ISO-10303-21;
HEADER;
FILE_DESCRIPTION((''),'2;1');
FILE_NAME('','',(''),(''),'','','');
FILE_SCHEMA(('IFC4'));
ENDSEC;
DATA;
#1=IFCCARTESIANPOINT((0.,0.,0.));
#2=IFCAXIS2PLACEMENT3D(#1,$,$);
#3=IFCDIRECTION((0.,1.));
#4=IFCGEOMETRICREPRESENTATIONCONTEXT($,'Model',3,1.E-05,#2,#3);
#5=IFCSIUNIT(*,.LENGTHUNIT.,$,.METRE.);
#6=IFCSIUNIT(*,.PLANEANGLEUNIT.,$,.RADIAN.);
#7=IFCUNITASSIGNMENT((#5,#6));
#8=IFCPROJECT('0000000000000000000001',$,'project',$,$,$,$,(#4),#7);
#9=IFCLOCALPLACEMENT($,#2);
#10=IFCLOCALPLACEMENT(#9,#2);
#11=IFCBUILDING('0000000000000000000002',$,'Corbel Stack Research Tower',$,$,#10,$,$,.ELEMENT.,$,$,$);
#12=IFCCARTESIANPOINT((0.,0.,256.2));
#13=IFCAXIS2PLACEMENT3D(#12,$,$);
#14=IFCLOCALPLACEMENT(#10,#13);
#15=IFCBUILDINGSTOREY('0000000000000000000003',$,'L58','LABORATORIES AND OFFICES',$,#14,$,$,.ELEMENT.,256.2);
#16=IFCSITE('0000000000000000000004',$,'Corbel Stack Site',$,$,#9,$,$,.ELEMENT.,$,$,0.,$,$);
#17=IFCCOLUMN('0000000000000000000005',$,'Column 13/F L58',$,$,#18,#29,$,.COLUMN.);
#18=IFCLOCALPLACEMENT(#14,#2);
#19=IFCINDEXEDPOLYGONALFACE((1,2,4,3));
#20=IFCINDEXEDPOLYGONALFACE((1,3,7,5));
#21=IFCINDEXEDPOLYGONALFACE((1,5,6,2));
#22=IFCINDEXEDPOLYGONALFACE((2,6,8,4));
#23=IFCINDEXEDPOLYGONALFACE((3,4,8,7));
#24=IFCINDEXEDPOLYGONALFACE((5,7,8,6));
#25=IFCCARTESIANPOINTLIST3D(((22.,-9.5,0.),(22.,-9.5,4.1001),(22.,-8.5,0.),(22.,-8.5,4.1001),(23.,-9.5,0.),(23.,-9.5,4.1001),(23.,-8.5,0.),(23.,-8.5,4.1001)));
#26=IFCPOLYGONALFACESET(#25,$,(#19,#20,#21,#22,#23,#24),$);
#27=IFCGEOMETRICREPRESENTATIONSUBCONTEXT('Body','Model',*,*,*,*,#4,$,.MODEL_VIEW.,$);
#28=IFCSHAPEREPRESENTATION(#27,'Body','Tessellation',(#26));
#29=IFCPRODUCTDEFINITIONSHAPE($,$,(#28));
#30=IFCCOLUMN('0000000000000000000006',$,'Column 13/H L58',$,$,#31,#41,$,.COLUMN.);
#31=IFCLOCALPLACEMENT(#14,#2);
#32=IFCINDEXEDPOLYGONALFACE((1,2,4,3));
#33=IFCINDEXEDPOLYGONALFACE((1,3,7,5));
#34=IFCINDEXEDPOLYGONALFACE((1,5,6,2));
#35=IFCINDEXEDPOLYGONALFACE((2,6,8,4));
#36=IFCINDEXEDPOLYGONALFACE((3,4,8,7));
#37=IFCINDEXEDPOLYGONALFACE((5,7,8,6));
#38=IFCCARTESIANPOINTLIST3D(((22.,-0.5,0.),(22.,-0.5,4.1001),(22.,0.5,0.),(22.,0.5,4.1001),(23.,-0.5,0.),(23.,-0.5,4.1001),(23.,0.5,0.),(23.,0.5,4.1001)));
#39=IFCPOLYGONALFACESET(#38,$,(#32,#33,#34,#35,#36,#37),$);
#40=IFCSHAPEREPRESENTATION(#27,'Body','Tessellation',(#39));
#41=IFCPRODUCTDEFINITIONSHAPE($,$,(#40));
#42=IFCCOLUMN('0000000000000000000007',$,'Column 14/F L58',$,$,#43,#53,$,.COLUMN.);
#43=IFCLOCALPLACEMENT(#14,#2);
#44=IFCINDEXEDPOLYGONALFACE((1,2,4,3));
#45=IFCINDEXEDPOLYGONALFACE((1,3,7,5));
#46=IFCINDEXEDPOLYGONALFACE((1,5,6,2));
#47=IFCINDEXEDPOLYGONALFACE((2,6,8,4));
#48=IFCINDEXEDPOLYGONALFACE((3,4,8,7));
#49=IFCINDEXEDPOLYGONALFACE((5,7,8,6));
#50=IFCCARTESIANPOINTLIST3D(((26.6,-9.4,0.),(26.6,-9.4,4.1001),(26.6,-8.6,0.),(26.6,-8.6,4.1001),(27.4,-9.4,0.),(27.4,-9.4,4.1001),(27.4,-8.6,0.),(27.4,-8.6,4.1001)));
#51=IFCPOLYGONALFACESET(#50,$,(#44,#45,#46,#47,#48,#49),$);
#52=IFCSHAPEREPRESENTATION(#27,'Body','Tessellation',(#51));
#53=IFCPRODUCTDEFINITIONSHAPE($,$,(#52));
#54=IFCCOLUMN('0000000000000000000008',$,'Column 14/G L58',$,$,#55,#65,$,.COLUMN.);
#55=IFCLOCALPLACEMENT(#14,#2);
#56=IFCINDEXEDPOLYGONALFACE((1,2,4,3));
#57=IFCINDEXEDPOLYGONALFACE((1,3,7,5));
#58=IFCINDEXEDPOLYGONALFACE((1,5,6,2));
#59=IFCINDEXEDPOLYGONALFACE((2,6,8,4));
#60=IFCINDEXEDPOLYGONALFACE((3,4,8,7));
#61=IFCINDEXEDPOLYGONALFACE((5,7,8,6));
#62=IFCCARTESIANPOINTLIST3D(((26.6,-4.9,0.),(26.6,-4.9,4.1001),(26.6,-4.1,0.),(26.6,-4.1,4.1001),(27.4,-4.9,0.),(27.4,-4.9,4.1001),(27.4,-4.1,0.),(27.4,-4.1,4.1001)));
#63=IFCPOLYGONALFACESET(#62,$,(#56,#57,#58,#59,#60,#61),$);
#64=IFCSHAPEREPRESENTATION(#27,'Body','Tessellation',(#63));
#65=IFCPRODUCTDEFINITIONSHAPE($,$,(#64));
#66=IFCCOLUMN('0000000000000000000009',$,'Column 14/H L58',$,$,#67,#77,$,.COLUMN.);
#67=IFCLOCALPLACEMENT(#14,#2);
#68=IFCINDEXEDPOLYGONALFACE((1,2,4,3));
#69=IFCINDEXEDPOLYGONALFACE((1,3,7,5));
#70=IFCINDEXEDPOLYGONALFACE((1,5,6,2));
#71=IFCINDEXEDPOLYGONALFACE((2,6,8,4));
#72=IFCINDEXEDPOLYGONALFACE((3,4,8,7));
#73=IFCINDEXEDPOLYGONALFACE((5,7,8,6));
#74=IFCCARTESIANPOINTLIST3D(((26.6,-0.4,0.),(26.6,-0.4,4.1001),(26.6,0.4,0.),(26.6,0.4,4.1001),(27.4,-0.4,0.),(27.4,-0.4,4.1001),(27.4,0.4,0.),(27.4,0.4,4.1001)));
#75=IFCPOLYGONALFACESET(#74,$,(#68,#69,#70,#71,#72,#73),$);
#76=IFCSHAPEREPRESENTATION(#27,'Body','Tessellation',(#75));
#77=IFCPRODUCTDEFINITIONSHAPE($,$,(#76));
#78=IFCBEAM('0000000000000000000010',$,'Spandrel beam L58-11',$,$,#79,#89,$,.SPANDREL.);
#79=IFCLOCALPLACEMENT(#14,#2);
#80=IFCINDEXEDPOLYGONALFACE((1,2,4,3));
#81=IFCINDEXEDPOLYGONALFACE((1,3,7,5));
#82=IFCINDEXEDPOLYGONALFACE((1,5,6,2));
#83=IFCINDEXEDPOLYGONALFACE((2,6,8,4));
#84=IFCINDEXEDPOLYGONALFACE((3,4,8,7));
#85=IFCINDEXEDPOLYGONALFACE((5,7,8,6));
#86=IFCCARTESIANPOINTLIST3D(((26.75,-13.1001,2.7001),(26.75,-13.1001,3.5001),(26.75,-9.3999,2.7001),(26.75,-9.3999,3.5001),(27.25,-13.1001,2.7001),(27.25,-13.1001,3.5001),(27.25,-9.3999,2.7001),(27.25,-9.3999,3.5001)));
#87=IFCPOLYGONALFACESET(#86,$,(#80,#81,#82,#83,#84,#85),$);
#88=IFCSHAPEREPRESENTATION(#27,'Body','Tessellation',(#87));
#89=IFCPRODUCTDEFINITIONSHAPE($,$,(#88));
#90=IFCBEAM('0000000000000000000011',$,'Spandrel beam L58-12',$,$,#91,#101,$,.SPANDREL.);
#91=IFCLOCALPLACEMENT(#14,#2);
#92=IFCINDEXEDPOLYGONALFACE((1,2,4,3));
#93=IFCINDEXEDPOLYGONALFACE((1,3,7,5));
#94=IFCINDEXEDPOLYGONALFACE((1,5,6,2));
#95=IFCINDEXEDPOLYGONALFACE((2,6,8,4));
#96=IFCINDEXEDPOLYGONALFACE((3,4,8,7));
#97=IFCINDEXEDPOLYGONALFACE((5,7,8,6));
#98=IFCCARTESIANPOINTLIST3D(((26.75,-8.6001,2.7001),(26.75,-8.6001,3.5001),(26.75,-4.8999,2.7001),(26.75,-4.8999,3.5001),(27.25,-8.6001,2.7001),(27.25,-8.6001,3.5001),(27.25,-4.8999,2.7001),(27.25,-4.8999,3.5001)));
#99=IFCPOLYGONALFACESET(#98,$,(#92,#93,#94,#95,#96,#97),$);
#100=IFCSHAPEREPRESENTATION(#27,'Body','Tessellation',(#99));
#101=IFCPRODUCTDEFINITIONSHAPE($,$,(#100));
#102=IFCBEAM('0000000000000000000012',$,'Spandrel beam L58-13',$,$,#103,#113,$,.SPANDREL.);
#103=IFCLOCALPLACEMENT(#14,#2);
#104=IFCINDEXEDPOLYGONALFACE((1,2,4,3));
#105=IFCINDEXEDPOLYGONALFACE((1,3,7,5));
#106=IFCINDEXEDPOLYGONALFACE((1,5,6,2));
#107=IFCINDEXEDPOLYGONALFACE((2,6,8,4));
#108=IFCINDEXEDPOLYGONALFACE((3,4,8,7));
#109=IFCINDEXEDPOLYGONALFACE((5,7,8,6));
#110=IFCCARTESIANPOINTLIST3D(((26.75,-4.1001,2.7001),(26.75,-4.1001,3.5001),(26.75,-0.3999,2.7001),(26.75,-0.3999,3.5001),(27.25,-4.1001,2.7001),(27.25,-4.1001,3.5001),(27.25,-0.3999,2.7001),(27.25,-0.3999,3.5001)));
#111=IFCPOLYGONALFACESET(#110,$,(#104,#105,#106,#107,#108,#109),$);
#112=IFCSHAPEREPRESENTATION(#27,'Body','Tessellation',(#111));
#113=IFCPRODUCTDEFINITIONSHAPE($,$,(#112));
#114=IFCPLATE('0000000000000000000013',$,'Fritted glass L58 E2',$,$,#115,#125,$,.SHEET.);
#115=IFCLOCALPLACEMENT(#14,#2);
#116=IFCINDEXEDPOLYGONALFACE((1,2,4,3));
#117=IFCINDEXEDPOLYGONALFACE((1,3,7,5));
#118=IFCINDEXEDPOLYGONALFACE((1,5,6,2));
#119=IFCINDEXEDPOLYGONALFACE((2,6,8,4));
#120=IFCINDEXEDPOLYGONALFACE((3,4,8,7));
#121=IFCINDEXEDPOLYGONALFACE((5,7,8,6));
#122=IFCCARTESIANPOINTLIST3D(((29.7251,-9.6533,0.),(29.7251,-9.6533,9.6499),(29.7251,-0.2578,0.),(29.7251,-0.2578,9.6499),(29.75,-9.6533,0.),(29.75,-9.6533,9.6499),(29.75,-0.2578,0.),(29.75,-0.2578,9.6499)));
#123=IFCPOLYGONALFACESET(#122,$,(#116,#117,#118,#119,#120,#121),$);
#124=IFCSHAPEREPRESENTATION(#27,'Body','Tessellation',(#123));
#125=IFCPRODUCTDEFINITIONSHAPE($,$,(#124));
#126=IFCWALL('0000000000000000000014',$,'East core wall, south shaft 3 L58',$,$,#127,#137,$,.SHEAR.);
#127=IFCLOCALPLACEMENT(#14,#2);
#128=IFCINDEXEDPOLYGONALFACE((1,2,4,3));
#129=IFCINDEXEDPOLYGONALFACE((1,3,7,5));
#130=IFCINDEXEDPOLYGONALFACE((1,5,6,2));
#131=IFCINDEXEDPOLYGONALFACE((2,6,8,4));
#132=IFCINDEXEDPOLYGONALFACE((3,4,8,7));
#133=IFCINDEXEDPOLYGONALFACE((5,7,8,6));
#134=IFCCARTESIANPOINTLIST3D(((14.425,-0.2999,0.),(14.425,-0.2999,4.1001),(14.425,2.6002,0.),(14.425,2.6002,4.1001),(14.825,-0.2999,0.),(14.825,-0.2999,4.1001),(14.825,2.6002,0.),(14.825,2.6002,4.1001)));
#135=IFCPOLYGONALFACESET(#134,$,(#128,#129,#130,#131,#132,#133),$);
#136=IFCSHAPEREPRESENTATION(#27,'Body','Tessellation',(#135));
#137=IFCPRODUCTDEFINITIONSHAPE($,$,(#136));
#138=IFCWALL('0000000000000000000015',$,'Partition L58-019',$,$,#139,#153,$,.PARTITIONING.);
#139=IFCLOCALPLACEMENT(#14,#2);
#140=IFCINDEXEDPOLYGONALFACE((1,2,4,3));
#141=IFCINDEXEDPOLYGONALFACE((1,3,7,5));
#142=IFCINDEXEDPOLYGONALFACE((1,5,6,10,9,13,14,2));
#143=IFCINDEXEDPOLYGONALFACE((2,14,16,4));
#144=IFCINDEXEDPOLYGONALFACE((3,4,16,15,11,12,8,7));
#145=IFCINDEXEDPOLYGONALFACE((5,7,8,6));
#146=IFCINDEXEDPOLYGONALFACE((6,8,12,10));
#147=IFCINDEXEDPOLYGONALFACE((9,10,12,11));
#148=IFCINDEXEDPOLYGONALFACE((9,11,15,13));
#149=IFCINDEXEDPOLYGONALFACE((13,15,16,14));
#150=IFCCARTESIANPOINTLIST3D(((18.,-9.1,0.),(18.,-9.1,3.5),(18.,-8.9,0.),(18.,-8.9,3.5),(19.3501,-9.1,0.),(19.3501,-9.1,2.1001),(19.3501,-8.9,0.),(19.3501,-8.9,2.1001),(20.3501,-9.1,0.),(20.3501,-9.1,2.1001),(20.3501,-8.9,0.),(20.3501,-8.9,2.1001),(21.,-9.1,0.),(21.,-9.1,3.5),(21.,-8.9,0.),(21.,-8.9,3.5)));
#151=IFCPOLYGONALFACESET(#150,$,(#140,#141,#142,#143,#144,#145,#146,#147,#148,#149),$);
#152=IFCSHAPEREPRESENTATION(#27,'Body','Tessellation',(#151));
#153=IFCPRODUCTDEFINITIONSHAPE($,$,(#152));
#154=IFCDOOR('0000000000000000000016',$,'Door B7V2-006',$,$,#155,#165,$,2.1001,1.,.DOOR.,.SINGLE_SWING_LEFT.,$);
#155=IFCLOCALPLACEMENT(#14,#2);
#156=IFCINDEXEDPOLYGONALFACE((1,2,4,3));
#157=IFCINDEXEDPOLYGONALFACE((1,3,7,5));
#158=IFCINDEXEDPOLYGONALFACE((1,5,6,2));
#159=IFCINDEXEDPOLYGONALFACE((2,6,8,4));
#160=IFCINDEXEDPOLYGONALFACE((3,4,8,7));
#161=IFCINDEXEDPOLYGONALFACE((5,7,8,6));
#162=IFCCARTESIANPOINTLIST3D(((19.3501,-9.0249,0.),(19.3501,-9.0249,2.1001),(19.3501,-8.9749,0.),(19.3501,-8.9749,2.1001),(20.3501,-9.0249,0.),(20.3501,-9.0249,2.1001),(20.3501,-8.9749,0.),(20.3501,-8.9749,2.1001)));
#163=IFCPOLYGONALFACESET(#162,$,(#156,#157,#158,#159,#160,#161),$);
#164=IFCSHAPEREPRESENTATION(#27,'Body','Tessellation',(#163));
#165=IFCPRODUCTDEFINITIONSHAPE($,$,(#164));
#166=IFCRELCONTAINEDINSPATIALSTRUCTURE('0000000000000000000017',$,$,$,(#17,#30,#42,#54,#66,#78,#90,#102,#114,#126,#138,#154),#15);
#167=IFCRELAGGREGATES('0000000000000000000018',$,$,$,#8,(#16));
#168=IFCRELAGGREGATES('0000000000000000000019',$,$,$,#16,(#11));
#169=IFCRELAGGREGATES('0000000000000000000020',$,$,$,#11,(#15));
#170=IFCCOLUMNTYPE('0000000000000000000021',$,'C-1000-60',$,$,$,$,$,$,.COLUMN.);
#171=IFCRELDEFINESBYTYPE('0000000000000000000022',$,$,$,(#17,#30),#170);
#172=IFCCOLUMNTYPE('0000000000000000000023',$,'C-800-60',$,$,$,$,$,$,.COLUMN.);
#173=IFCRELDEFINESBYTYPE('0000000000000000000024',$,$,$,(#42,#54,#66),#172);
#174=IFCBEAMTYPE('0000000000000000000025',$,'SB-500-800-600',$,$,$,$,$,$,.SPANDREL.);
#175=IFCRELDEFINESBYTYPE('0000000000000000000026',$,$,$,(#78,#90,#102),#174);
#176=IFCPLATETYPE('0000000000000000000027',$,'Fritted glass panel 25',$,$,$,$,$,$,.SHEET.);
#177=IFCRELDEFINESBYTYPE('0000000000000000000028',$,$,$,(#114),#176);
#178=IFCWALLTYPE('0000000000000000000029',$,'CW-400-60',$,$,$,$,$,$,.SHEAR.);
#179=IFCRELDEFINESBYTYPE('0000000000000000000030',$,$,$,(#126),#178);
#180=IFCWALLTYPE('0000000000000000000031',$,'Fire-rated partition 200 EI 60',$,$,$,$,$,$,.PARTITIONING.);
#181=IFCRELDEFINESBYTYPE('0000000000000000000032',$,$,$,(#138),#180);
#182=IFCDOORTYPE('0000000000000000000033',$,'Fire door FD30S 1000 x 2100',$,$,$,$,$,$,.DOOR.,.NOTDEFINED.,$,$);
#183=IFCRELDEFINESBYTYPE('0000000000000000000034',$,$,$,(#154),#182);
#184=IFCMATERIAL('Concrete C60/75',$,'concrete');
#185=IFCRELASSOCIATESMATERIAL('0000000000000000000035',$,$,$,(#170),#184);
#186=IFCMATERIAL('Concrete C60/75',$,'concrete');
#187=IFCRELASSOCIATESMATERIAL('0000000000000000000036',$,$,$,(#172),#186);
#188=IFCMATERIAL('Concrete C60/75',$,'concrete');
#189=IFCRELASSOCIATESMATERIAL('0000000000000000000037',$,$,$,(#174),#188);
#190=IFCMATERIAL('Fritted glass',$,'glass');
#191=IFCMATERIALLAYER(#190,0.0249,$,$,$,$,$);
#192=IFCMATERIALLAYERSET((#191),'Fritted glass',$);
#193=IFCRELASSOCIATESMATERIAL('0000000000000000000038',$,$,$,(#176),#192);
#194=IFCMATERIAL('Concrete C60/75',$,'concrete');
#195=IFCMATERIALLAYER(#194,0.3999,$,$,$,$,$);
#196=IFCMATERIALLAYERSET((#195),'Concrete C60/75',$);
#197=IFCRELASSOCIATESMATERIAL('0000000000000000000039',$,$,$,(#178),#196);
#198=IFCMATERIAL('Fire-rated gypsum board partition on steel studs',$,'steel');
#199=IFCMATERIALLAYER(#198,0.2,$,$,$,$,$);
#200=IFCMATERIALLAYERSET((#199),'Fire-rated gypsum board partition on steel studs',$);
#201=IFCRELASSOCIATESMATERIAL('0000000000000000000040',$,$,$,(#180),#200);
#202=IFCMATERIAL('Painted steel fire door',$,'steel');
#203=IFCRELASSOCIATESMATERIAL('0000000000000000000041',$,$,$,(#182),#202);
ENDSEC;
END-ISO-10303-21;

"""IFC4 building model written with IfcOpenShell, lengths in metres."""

from ifc_helpers import new_model, si_unit, direction, frame, frame_2d, origin, origin_2d, place, context, subcontext, project, spatial, rectangle, extrude, material, layer, layer_set, material_profile, profile_set, type_object, element, fill, save


model = new_model("IFC4")

# Units and contexts
model_context = context("Model", 3, precision=1e-05, world=origin(), true_north=direction((0.0, 1.0)))
body_context = subcontext(model_context, "Body", "Model", "MODEL_VIEW")
ifc_project = project(units=[si_unit("LENGTHUNIT", "METRE"), si_unit("PLANEANGLEUNIT", "RADIAN")], contexts=[model_context])

# Site, building, storey
site_placement = place(None, origin())
site = spatial("IfcSite", under=ifc_project, at=site_placement, Name="Corbel Stack Site", CompositionType="ELEMENT", RefElevation=0.0)
building_placement = place(site_placement, origin())
building = spatial("IfcBuilding", under=site, at=building_placement, Name="Corbel Stack Research Tower", CompositionType="ELEMENT")
storey_placement = place(building_placement, frame((0.0, 0.0, 256.2)))
storey = spatial("IfcBuildingStorey", under=building, at=storey_placement, Name="L58", Description="LABORATORIES AND OFFICES", CompositionType="ELEMENT", Elevation=256.2)

# Columns
ifc_material_1 = material(Name="Concrete C60/75", Category="concrete")
ifc_material_profile_1 = material_profile(ifc_material_1, rectangle(XDim=1.0, YDim=1.0, at=origin_2d()), Name="RC 1000 x 1000")
ifc_profile_set_1 = profile_set([ifc_material_profile_1], Name="Concrete C60/75")
column_type_1 = type_object("IfcColumnType", Name="C-1000-60", PredefinedType="COLUMN", material=ifc_profile_set_1)
for number, where, z_axis, x_axis, name in (
    (1, (22.5, -9.0, 0.0), (0.0, 0.0, 1.0), (1.0, 0.0, 0.0), "Column 13/F L58"),
    (2, (22.5, 0.0, 0.0), (0.0, 0.0, 1.0), (1.0, 0.0, 0.0), "Column 13/H L58"),
):
    element("IfcColumn", number, at=place(storey_placement, frame(where, z_axis=z_axis, x_axis=x_axis)), inside=storey, type_object=column_type_1, Name=name, PredefinedType="COLUMN", context=body_context, shape_type="SweptSolid", body=[
        extrude(rectangle(XDim=1.0, YDim=1.0, at=origin_2d()), origin(), (0.0, 0.0, 1.0), 4.1001),
    ])
ifc_material_2 = material(Name="Concrete C60/75", Category="concrete")
ifc_material_profile_2 = material_profile(ifc_material_2, rectangle(XDim=0.8, YDim=0.8, at=origin_2d()), Name="RC 800 x 800")
ifc_profile_set_2 = profile_set([ifc_material_profile_2], Name="Concrete C60/75")
column_type_2 = type_object("IfcColumnType", Name="C-800-60", PredefinedType="COLUMN", material=ifc_profile_set_2)
for number, where, z_axis, x_axis, name in (
    (3, (27.0, -9.0, 0.0), (0.0, 0.0, 1.0), (1.0, 0.0, 0.0), "Column 14/F L58"),
    (4, (27.0, -4.5, 0.0), (0.0, 0.0, 1.0), (1.0, 0.0, 0.0), "Column 14/G L58"),
    (5, (27.0, 0.0, 0.0), (0.0, 0.0, 1.0), (1.0, 0.0, 0.0), "Column 14/H L58"),
):
    element("IfcColumn", number, at=place(storey_placement, frame(where, z_axis=z_axis, x_axis=x_axis)), inside=storey, type_object=column_type_2, Name=name, PredefinedType="COLUMN", context=body_context, shape_type="SweptSolid", body=[
        extrude(rectangle(XDim=0.8, YDim=0.8, at=origin_2d()), origin(), (0.0, 0.0, 1.0), 4.1001),
    ])

# Beams
ifc_material_3 = material(Name="Concrete C60/75", Category="concrete")
ifc_material_profile_3 = material_profile(ifc_material_3, rectangle(XDim=0.5, YDim=0.8, at=origin_2d()), Name="RC 500 x 800")
ifc_profile_set_3 = profile_set([ifc_material_profile_3], Name="Concrete C60/75")
beam_type = type_object("IfcBeamType", Name="SB-500-800-600", PredefinedType="SPANDREL", material=ifc_profile_set_3)
for number, where, z_axis, x_axis, name in (
    (6, (27.0, -13.1001, 3.1001), (0.0, 1.0, 0.0), (-1.0, 0.0, 0.0), "Spandrel beam L58-11"),
    (7, (27.0, -8.6001, 3.1001), (0.0, 1.0, 0.0), (-1.0, 0.0, 0.0), "Spandrel beam L58-12"),
    (8, (27.0, -4.1001, 3.1001), (0.0, 1.0, 0.0), (-1.0, 0.0, 0.0), "Spandrel beam L58-13"),
):
    element("IfcBeam", number, at=place(storey_placement, frame(where, z_axis=z_axis, x_axis=x_axis)), inside=storey, type_object=beam_type, Name=name, PredefinedType="SPANDREL", context=body_context, shape_type="SweptSolid", body=[
        extrude(rectangle(XDim=0.5, YDim=0.8, at=origin_2d()), origin(), (0.0, 0.0, 1.0), 3.7002),
    ])

# Plate
ifc_material_4 = material(Name="Fritted glass", Category="glass")
ifc_layer_1 = layer(ifc_material_4, 0.0249)
ifc_layer_set_1 = layer_set([ifc_layer_1], Name="Fritted glass")
plate_type = type_object("IfcPlateType", Name="Fritted glass panel 25", PredefinedType="SHEET", material=ifc_layer_set_1)
plate_placement = place(storey_placement, frame((29.7375, -4.9556, 0.0), z_axis=(0.0, 0.0, 1.0), x_axis=(0.0, 1.0, 0.0)))
element("IfcPlate", 9, at=plate_placement, inside=storey, type_object=plate_type, Name="Fritted glass L58 E2", PredefinedType="SHEET", context=body_context, shape_type="SweptSolid", body=[
    extrude(rectangle(XDim=9.3955, YDim=0.0249, at=origin_2d()), origin(), (0.0, 0.0, 1.0), 9.6499),
])

# Wall
ifc_material_5 = material(Name="Concrete C60/75", Category="concrete")
ifc_layer_2 = layer(ifc_material_5, 0.3999)
ifc_layer_set_2 = layer_set([ifc_layer_2], Name="Concrete C60/75")
wall_type_1 = type_object("IfcWallType", Name="CW-400-60", PredefinedType="SHEAR", material=ifc_layer_set_2)
wall_1_placement = place(storey_placement, frame((14.625, -0.3, 0.0), z_axis=(0.0, 0.0, 1.0), x_axis=(0.0, 1.0, 0.0)))
element("IfcWall", 10, at=wall_1_placement, inside=storey, type_object=wall_type_1, Name="East core wall, south shaft 3 L58", PredefinedType="SHEAR", context=body_context, shape_type="SweptSolid", body=[
    extrude(rectangle(XDim=2.9001, YDim=0.3999, at=frame_2d((1.4502, 0.0))), origin(), (0.0, 0.0, 1.0), 4.1001),
])

# Wall, opening, door
ifc_material_6 = material(Name="Fire-rated gypsum board partition on steel studs", Category="steel")
ifc_layer_3 = layer(ifc_material_6, 0.2)
ifc_layer_set_3 = layer_set([ifc_layer_3], Name="Fire-rated gypsum board partition on steel studs")
wall_type_2 = type_object("IfcWallType", Name="Fire-rated partition 200 EI 60", PredefinedType="PARTITIONING", material=ifc_layer_set_3)
wall_2_placement = place(storey_placement, frame((21.0, -9.0, 0.0), z_axis=(0.0, 0.0, 1.0), x_axis=(-1.0, 0.0, 0.0)))
wall_2 = element("IfcWall", 11, at=wall_2_placement, inside=storey, type_object=wall_type_2, Name="Partition L58-019", PredefinedType="PARTITIONING", context=body_context, shape_type="SweptSolid", body=[
    extrude(rectangle(XDim=3.0, YDim=0.2, at=frame_2d((1.5, 0.0))), origin(), (0.0, 0.0, 1.0), 3.5),
])
opening_1_placement = place(wall_2_placement, frame((0.6499, 0.0, 0.0)))
opening_1 = element("IfcOpeningElement", 12, at=opening_1_placement, cuts=wall_2, PredefinedType="OPENING", context=body_context, shape_type="SweptSolid", body=[
    extrude(rectangle(XDim=1.0, YDim=2.1001, at=frame_2d((0.5, 1.05))), frame((0.0, 0.1099, 0.0), z_axis=(0.0, -1.0, 0.0), x_axis=(1.0, 0.0, 0.0)), (0.0, 0.0, 1.0), 0.22),
])
ifc_material_7 = material(Name="Painted steel fire door", Category="steel")
door_type_1 = type_object("IfcDoorType", Name="Fire door FD30S 1000 x 2100", OperationType="NOTDEFINED", PredefinedType="DOOR", material=ifc_material_7)
door_1_placement = place(opening_1_placement, origin())
door_1 = element("IfcDoor", 13, at=door_1_placement, inside=storey, type_object=door_type_1, Name="Door B7V2-006", OperationType="SINGLE_SWING_LEFT", OverallHeight=2.1001, OverallWidth=1.0, PredefinedType="DOOR", context=body_context, shape_type="SweptSolid", body=[
    extrude(rectangle(XDim=1.0, YDim=2.1001, at=frame_2d((0.5, 1.05))), frame((0.0, 0.0249, 0.0), z_axis=(0.0, -1.0, 0.0), x_axis=(1.0, 0.0, 0.0)), (0.0, 0.0, 1.0), 0.05),
])
fill(opening_1, door_1)

save(model, "model.ifc")
